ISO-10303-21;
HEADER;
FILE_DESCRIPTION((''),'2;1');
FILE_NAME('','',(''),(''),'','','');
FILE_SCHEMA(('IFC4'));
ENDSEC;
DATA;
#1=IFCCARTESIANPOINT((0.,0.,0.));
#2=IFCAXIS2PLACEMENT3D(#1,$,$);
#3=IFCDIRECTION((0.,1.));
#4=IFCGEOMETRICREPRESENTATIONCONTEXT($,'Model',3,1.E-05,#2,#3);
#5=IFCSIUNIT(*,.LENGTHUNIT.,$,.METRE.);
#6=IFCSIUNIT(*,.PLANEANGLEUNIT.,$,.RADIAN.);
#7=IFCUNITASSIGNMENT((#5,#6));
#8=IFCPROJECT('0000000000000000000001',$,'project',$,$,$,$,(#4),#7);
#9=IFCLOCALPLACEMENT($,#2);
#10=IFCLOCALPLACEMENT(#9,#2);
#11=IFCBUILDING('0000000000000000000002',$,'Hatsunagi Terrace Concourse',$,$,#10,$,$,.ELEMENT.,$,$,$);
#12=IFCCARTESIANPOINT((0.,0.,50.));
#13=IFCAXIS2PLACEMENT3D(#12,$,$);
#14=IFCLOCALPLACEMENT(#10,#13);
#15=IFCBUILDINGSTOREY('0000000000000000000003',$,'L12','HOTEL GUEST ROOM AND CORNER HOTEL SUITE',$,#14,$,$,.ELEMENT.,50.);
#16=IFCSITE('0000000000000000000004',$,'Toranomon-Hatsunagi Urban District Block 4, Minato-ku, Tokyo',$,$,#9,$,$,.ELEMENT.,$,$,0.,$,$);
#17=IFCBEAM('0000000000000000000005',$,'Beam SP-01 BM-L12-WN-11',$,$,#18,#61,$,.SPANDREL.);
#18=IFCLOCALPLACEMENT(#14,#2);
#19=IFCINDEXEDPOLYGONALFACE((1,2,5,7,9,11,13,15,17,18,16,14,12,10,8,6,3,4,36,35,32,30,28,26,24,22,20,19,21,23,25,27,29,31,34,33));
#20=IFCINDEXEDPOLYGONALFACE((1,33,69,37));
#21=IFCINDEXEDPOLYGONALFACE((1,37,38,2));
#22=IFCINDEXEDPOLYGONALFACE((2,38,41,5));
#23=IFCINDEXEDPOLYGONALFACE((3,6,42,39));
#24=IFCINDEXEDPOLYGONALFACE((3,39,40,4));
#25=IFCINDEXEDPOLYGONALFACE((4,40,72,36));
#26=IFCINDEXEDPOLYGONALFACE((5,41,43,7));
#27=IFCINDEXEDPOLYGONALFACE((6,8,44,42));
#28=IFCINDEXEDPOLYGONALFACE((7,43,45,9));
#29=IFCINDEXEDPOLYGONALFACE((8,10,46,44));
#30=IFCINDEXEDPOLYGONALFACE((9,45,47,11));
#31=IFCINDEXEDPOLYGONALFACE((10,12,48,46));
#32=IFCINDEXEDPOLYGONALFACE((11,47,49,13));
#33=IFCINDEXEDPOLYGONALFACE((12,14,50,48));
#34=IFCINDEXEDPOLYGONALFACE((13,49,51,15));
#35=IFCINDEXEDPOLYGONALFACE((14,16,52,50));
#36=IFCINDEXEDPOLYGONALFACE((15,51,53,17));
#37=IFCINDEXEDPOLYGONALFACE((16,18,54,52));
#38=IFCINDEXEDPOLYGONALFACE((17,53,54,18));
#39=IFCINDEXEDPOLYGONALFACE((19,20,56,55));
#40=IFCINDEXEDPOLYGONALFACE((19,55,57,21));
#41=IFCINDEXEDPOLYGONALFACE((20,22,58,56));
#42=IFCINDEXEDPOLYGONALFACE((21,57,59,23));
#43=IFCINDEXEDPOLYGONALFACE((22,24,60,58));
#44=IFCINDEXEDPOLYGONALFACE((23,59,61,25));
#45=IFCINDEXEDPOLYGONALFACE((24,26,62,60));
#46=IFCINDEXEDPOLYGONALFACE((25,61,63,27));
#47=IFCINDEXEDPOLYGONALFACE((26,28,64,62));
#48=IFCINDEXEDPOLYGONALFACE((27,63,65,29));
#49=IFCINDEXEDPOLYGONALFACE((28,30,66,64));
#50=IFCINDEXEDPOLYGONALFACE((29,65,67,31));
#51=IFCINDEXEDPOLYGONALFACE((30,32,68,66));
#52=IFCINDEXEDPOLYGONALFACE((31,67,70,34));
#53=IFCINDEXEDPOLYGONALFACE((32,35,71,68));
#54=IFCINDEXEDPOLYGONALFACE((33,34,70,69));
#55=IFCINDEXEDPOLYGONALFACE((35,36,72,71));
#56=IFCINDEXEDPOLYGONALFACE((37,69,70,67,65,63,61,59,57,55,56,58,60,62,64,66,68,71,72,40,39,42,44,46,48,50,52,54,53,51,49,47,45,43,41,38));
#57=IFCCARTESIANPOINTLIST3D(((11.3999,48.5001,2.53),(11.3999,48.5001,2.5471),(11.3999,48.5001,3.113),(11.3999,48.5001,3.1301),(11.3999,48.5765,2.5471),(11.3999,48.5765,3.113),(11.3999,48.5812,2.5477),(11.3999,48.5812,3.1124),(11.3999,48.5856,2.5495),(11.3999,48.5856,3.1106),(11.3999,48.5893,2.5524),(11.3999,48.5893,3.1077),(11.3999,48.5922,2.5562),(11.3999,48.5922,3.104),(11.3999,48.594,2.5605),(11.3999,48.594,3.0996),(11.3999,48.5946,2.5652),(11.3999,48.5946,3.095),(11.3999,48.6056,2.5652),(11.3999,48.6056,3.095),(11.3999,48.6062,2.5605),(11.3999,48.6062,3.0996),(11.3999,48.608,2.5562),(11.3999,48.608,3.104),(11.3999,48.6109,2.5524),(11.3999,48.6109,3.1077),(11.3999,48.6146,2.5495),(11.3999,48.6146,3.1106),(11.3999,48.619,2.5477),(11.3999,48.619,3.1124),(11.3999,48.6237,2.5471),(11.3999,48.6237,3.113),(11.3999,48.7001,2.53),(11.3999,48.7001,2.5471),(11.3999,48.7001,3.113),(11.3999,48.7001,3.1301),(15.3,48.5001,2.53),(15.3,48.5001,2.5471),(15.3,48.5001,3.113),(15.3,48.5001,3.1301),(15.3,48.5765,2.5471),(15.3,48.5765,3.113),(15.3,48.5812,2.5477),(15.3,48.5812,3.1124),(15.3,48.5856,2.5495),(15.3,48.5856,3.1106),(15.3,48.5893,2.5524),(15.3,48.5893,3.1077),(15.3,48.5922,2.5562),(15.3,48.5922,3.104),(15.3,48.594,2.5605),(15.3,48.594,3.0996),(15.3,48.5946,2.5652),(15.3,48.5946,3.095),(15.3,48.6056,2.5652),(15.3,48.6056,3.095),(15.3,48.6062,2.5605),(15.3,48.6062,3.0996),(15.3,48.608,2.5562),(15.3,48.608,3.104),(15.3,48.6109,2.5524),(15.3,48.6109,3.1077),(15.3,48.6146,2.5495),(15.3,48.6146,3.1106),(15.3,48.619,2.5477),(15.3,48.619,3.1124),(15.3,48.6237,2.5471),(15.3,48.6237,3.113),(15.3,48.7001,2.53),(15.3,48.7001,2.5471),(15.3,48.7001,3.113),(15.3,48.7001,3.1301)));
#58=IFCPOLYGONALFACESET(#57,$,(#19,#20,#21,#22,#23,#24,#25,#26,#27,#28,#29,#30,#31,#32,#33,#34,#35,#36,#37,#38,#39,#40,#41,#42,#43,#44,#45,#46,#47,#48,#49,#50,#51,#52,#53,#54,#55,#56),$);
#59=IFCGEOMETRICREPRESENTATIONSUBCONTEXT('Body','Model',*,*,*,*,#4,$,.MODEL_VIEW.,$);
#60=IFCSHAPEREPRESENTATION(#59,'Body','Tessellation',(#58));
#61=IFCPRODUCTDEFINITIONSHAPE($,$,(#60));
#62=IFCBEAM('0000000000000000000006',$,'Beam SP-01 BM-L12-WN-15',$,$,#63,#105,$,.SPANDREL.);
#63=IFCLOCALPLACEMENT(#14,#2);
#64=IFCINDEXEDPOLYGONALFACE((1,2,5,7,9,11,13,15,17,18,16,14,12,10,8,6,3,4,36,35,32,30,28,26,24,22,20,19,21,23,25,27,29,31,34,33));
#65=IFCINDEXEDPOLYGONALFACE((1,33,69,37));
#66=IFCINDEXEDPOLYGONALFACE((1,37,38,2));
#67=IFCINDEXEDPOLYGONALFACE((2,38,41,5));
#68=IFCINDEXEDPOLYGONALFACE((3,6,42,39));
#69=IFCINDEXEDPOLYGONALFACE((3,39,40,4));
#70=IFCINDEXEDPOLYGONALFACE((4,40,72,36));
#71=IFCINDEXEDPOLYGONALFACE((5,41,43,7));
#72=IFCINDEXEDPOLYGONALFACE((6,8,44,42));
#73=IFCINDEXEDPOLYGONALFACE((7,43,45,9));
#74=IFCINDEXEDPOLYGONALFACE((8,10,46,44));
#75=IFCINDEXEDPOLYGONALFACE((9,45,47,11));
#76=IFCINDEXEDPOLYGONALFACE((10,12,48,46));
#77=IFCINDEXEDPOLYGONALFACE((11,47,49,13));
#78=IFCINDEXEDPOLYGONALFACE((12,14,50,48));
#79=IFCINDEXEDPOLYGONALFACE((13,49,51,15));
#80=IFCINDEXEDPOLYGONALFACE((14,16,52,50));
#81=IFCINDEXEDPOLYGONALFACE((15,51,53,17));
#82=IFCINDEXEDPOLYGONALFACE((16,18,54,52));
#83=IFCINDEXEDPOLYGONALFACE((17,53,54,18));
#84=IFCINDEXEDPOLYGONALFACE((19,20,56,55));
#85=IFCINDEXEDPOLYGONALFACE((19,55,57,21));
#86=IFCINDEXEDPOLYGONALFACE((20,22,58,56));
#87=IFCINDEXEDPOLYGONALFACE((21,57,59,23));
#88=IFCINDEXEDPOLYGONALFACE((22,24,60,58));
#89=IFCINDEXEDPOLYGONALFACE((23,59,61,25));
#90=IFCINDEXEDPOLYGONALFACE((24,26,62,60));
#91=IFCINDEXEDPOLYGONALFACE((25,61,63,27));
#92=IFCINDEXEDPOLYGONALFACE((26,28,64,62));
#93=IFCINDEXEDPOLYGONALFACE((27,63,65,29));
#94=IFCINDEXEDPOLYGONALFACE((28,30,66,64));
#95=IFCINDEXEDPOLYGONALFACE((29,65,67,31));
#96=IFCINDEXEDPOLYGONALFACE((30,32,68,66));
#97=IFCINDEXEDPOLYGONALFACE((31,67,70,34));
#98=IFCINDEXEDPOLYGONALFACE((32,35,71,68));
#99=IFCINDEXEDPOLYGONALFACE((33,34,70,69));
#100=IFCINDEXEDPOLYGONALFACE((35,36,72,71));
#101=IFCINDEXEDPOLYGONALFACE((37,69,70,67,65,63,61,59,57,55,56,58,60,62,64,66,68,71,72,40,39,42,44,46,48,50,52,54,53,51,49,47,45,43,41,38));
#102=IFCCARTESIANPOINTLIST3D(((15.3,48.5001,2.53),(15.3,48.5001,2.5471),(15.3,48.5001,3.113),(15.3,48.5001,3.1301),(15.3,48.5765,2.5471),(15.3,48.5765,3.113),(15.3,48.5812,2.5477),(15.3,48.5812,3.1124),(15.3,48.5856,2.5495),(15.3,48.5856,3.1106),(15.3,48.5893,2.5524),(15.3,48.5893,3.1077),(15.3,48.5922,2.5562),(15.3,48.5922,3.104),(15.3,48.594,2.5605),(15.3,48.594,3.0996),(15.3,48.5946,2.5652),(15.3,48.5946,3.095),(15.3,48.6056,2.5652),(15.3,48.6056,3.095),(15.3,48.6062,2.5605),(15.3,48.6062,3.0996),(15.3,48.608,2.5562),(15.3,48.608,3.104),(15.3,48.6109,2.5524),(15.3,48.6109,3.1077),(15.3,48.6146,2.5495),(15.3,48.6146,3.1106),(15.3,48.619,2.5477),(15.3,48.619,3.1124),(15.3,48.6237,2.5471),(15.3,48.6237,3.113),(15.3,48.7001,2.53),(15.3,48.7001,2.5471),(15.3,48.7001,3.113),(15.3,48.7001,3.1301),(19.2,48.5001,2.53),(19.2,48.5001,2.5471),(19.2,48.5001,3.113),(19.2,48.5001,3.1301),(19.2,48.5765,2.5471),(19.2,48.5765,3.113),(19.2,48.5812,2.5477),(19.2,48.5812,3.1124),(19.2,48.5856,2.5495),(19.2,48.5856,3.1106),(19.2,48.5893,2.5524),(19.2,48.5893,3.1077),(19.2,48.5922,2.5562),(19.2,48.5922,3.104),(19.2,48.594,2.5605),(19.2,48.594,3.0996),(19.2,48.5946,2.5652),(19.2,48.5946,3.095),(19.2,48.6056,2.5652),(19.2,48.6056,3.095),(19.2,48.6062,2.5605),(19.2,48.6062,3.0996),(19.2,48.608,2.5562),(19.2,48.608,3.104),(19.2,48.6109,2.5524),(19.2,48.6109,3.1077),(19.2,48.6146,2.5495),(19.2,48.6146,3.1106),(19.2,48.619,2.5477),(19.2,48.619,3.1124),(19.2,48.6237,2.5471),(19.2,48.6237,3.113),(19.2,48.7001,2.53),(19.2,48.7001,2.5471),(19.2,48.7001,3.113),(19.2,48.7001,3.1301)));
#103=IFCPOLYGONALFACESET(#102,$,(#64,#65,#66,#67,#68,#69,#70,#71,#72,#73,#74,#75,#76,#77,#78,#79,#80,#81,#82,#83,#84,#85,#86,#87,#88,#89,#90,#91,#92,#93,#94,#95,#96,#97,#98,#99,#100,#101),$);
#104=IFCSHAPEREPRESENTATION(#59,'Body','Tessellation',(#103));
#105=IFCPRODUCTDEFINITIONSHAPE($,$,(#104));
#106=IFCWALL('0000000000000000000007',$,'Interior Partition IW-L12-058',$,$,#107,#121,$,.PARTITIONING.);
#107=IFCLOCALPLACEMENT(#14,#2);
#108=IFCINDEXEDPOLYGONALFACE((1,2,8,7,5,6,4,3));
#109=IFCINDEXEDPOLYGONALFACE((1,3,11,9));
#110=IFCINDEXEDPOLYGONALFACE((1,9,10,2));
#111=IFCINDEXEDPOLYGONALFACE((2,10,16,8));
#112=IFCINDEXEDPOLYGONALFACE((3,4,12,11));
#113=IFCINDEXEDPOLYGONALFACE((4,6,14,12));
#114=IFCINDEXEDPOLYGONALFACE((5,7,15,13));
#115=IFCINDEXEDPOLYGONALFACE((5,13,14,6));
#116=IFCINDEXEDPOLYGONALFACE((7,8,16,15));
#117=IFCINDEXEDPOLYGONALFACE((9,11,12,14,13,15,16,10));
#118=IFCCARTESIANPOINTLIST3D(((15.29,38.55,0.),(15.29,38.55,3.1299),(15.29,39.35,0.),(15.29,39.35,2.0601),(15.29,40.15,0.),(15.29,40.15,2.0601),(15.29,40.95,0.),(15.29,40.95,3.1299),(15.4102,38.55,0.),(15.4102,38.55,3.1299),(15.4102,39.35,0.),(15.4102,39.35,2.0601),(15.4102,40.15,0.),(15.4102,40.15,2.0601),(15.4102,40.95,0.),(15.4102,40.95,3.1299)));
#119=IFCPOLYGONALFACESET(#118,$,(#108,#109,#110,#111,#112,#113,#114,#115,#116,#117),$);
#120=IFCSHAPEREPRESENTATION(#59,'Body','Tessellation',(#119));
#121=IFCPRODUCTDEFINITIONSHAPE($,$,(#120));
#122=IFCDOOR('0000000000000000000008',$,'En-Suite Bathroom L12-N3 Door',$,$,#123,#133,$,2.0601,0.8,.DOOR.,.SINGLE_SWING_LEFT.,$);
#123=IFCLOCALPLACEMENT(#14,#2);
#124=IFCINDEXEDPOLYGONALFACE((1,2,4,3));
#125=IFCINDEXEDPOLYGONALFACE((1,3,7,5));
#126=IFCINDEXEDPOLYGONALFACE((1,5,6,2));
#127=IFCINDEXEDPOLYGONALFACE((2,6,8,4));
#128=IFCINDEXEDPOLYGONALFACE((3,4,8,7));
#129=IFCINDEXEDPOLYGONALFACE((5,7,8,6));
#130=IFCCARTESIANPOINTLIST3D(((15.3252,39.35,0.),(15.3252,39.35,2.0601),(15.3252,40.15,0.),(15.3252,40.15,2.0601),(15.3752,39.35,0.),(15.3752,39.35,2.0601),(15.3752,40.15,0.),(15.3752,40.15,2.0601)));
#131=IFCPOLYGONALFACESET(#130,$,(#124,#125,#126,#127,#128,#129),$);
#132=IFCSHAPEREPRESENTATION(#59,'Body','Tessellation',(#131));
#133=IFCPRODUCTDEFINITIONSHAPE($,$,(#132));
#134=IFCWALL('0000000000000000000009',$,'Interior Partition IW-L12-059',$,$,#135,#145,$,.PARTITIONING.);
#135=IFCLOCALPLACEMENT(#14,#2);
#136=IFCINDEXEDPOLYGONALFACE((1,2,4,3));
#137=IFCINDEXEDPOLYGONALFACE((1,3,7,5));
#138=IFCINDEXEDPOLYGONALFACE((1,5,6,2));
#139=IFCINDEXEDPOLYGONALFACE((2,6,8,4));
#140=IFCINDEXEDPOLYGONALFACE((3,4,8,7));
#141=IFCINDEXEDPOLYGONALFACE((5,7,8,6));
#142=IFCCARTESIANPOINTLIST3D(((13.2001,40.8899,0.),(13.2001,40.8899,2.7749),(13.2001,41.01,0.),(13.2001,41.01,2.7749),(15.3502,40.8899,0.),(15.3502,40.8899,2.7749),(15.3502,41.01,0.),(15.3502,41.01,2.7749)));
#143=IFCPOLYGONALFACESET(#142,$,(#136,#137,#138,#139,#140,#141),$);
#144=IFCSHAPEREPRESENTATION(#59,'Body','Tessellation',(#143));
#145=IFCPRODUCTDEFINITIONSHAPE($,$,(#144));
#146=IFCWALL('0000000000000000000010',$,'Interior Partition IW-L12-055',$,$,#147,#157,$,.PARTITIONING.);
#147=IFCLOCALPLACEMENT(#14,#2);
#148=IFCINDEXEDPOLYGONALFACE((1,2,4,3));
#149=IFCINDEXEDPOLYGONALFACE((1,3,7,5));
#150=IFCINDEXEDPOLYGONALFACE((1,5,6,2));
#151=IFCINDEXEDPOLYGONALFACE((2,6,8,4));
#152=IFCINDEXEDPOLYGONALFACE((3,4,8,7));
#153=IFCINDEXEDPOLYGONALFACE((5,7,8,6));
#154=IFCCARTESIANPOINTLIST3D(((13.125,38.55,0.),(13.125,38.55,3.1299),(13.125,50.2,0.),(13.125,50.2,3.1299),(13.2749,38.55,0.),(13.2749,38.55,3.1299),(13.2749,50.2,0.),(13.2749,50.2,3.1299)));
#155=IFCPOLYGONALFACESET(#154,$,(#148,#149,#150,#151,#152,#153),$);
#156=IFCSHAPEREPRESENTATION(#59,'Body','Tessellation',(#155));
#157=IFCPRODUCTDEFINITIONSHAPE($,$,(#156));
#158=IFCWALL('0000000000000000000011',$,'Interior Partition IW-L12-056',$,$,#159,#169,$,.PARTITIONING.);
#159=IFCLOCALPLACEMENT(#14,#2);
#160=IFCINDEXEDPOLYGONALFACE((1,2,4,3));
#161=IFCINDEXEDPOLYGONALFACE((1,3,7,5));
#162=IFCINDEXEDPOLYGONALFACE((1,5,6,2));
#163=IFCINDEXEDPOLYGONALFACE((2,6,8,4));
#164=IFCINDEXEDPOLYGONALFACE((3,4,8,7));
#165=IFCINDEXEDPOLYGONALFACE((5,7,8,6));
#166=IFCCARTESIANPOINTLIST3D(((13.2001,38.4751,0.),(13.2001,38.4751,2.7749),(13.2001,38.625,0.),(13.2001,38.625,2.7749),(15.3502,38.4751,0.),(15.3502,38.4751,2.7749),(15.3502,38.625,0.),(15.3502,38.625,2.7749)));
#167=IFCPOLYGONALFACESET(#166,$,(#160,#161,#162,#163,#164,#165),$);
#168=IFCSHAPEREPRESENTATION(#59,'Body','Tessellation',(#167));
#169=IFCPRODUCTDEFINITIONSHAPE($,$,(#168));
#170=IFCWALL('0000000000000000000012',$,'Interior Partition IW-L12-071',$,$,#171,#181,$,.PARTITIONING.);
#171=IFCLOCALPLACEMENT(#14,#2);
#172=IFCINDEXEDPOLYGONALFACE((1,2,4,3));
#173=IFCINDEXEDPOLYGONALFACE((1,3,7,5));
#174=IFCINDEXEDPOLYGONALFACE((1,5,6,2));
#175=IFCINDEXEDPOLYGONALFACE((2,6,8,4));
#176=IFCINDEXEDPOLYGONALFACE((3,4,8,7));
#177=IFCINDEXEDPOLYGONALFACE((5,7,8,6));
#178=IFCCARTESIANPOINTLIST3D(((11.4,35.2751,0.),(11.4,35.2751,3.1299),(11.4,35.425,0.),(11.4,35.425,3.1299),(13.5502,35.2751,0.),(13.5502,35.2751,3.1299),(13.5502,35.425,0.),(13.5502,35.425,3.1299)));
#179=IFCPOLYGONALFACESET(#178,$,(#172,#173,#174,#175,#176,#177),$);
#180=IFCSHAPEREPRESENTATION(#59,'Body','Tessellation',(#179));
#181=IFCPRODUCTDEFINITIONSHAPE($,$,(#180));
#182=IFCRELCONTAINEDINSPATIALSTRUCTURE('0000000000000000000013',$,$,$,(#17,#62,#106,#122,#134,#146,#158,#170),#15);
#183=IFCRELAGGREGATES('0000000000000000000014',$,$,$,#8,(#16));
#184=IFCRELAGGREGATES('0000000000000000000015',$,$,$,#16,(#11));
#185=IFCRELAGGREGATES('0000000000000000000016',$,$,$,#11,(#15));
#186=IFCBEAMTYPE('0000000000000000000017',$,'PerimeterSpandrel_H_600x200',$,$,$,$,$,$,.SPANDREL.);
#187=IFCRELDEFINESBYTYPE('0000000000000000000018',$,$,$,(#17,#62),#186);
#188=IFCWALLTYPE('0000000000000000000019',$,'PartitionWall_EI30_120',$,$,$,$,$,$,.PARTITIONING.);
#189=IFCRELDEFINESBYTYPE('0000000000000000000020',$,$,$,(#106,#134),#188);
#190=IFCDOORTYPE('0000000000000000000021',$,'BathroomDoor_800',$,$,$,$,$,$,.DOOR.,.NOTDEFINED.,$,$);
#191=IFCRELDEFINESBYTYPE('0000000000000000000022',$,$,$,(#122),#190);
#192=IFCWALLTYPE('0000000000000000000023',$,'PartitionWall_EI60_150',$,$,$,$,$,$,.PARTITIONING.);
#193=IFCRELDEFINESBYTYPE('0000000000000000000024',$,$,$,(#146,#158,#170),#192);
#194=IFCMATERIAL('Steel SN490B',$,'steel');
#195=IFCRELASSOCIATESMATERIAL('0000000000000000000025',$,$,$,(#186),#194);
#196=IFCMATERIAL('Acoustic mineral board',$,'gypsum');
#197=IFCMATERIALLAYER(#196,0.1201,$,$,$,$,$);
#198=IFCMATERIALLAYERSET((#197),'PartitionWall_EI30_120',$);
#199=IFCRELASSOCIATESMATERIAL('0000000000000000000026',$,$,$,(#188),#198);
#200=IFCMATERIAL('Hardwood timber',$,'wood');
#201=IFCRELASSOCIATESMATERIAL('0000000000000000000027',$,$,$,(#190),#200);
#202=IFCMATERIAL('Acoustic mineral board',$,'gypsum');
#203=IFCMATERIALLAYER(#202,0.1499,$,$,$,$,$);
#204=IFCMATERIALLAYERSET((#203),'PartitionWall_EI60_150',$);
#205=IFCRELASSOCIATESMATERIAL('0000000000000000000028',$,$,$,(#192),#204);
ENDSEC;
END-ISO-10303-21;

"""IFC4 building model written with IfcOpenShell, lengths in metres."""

from ifc_helpers import new_model, si_unit, direction, frame, frame_2d, origin, origin_2d, place, context, subcontext, project, spatial, rectangle, i_section, extrude, material, layer, layer_set, material_profile, profile_set, type_object, element, fill, save


model = new_model("IFC4")

# Units and contexts
model_context = context("Model", 3, precision=1e-05, world=origin(), true_north=direction((0.0, 1.0)))
body_context = subcontext(model_context, "Body", "Model", "MODEL_VIEW")
ifc_project = project(units=[si_unit("LENGTHUNIT", "METRE"), si_unit("PLANEANGLEUNIT", "RADIAN")], contexts=[model_context])

# Site, building, storey
site_placement = place(None, origin())
site = spatial("IfcSite", under=ifc_project, at=site_placement, Name="Toranomon-Hatsunagi Urban District Block 4, Minato-ku, Tokyo", CompositionType="ELEMENT", RefElevation=0.0)
building_placement = place(site_placement, origin())
building = spatial("IfcBuilding", under=site, at=building_placement, Name="Hatsunagi Terrace Concourse", CompositionType="ELEMENT")
storey_placement = place(building_placement, frame((0.0, 0.0, 50.0)))
storey = spatial("IfcBuildingStorey", under=building, at=storey_placement, Name="L12", Description="HOTEL GUEST ROOM AND CORNER HOTEL SUITE", CompositionType="ELEMENT", Elevation=50.0)

# Beams
ifc_material_1 = material(Name="Steel SN490B", Category="steel")
ifc_material_profile_1 = material_profile(ifc_material_1, i_section(OverallWidth=0.2, OverallDepth=0.6001, WebThickness=0.011, FlangeThickness=0.0171, FilletRadius=0.0181, at=origin_2d()), Name="H-600x200x11x17")
ifc_profile_set_1 = profile_set([ifc_material_profile_1], Name="Steel SN490B")
beam_type_1 = type_object("IfcBeamType", Name="PerimeterSpandrel_H_600x200", PredefinedType="SPANDREL", material=ifc_profile_set_1)
beam_1_placement = place(storey_placement, frame((11.3999, 48.6001, 2.8301), z_axis=(1.0, 0.0, 0.0), x_axis=(0.0, 1.0, 0.0)))
element("IfcBeam", 1, at=beam_1_placement, inside=storey, type_object=beam_type_1, Name="Beam SP-01 BM-L12-WN-11", PredefinedType="SPANDREL", context=body_context, shape_type="SweptSolid", body=[
    extrude(i_section(OverallWidth=0.2, OverallDepth=0.6001, WebThickness=0.011, FlangeThickness=0.0171, FilletRadius=0.0181, at=origin_2d()), origin(), (0.0, 0.0, 1.0), 3.9001),
])
beam_2_placement = place(storey_placement, frame((15.3, 48.6001, 2.8301), z_axis=(1.0, 0.0, 0.0), x_axis=(0.0, 1.0, 0.0)))
element("IfcBeam", 2, at=beam_2_placement, inside=storey, type_object=beam_type_1, Name="Beam SP-01 BM-L12-WN-15", PredefinedType="SPANDREL", context=body_context, shape_type="SweptSolid", body=[
    extrude(i_section(OverallWidth=0.2, OverallDepth=0.6001, WebThickness=0.011, FlangeThickness=0.0171, FilletRadius=0.0181, at=origin_2d()), origin(), (0.0, 0.0, 1.0), 3.8999),
])

# Wall, opening, door
ifc_material_2 = material(Name="Acoustic mineral board", Category="gypsum")
ifc_layer_1 = layer(ifc_material_2, 0.1201)
ifc_layer_set_1 = layer_set([ifc_layer_1], Name="PartitionWall_EI30_120")
wall_type_1 = type_object("IfcWallType", Name="PartitionWall_EI30_120", PredefinedType="PARTITIONING", material=ifc_layer_set_1)
wall_1_placement = place(storey_placement, frame((15.3501, 38.55, 0.0), z_axis=(0.0, 0.0, 1.0), x_axis=(0.0, 1.0, 0.0)))
wall_1 = element("IfcWall", 3, at=wall_1_placement, inside=storey, type_object=wall_type_1, Name="Interior Partition IW-L12-058", PredefinedType="PARTITIONING", context=body_context, shape_type="SweptSolid", body=[
    extrude(rectangle(XDim=2.3999, YDim=0.1201, at=frame_2d((1.2, 0.0))), origin(), (0.0, 0.0, 1.0), 3.1299),
])
opening_1_placement = place(wall_1_placement, frame((0.8, 0.0, 0.0)))
opening_1 = element("IfcOpeningElement", 4, at=opening_1_placement, cuts=wall_1, PredefinedType="OPENING", context=body_context, shape_type="SweptSolid", body=[
    extrude(rectangle(XDim=0.8, YDim=2.0601, at=frame_2d((0.3999, 1.03))), frame((0.0, 0.0701, 0.0), z_axis=(0.0, -1.0, 0.0), x_axis=(1.0, 0.0, 0.0)), (0.0, 0.0, 1.0), 0.1401),
])
ifc_material_3 = material(Name="Hardwood timber", Category="wood")
door_type_1 = type_object("IfcDoorType", Name="BathroomDoor_800", OperationType="NOTDEFINED", PredefinedType="DOOR", material=ifc_material_3)
door_1_placement = place(opening_1_placement, origin())
door_1 = element("IfcDoor", 5, at=door_1_placement, inside=storey, type_object=door_type_1, Name="En-Suite Bathroom L12-N3 Door", OperationType="SINGLE_SWING_LEFT", OverallHeight=2.0601, OverallWidth=0.8, PredefinedType="DOOR", context=body_context, shape_type="SweptSolid", body=[
    extrude(rectangle(XDim=0.8, YDim=2.0601, at=frame_2d((0.3999, 1.03))), frame((0.0, 0.0249, 0.0), z_axis=(0.0, -1.0, 0.0), x_axis=(1.0, 0.0, 0.0)), (0.0, 0.0, 1.0), 0.05),
])
fill(opening_1, door_1)

# Walls
wall_2_placement = place(storey_placement, frame((13.2, 40.95, 0.0), z_axis=(0.0, 0.0, 1.0), x_axis=(1.0, 0.0, 0.0)))
element("IfcWall", 6, at=wall_2_placement, inside=storey, type_object=wall_type_1, Name="Interior Partition IW-L12-059", PredefinedType="PARTITIONING", context=body_context, shape_type="SweptSolid", body=[
    extrude(rectangle(XDim=2.1501, YDim=0.1201, at=frame_2d((1.0752, 0.0))), origin(), (0.0, 0.0, 1.0), 2.7749),
])
ifc_material_4 = material(Name="Acoustic mineral board", Category="gypsum")
ifc_layer_2 = layer(ifc_material_4, 0.1499)
ifc_layer_set_2 = layer_set([ifc_layer_2], Name="PartitionWall_EI60_150")
wall_type_2 = type_object("IfcWallType", Name="PartitionWall_EI60_150", PredefinedType="PARTITIONING", material=ifc_layer_set_2)
wall_3_placement = place(storey_placement, frame((13.2, 38.55, 0.0), z_axis=(0.0, 0.0, 1.0), x_axis=(0.0, 1.0, 0.0)))
element("IfcWall", 7, at=wall_3_placement, inside=storey, type_object=wall_type_2, Name="Interior Partition IW-L12-055", PredefinedType="PARTITIONING", context=body_context, shape_type="SweptSolid", body=[
    extrude(rectangle(XDim=11.6499, YDim=0.1499, at=frame_2d((5.825, 0.0))), origin(), (0.0, 0.0, 1.0), 3.1299),
])
wall_4_placement = place(storey_placement, frame((13.2, 38.55, 0.0), z_axis=(0.0, 0.0, 1.0), x_axis=(1.0, 0.0, 0.0)))
element("IfcWall", 8, at=wall_4_placement, inside=storey, type_object=wall_type_2, Name="Interior Partition IW-L12-056", PredefinedType="PARTITIONING", context=body_context, shape_type="SweptSolid", body=[
    extrude(rectangle(XDim=2.1501, YDim=0.1499, at=frame_2d((1.0752, 0.0))), origin(), (0.0, 0.0, 1.0), 2.7749),
])

# Wall
wall_5_placement = place(storey_placement, frame((11.3999, 35.3501, 0.0), z_axis=(0.0, 0.0, 1.0), x_axis=(1.0, 0.0, 0.0)))
element("IfcWall", 9, at=wall_5_placement, inside=storey, type_object=wall_type_2, Name="Interior Partition IW-L12-071", PredefinedType="PARTITIONING", context=body_context, shape_type="SweptSolid", body=[
    extrude(rectangle(XDim=2.1501, YDim=0.1499, at=frame_2d((1.0752, 0.0))), origin(), (0.0, 0.0, 1.0), 3.1299),
])

save(model, "model.ifc")
